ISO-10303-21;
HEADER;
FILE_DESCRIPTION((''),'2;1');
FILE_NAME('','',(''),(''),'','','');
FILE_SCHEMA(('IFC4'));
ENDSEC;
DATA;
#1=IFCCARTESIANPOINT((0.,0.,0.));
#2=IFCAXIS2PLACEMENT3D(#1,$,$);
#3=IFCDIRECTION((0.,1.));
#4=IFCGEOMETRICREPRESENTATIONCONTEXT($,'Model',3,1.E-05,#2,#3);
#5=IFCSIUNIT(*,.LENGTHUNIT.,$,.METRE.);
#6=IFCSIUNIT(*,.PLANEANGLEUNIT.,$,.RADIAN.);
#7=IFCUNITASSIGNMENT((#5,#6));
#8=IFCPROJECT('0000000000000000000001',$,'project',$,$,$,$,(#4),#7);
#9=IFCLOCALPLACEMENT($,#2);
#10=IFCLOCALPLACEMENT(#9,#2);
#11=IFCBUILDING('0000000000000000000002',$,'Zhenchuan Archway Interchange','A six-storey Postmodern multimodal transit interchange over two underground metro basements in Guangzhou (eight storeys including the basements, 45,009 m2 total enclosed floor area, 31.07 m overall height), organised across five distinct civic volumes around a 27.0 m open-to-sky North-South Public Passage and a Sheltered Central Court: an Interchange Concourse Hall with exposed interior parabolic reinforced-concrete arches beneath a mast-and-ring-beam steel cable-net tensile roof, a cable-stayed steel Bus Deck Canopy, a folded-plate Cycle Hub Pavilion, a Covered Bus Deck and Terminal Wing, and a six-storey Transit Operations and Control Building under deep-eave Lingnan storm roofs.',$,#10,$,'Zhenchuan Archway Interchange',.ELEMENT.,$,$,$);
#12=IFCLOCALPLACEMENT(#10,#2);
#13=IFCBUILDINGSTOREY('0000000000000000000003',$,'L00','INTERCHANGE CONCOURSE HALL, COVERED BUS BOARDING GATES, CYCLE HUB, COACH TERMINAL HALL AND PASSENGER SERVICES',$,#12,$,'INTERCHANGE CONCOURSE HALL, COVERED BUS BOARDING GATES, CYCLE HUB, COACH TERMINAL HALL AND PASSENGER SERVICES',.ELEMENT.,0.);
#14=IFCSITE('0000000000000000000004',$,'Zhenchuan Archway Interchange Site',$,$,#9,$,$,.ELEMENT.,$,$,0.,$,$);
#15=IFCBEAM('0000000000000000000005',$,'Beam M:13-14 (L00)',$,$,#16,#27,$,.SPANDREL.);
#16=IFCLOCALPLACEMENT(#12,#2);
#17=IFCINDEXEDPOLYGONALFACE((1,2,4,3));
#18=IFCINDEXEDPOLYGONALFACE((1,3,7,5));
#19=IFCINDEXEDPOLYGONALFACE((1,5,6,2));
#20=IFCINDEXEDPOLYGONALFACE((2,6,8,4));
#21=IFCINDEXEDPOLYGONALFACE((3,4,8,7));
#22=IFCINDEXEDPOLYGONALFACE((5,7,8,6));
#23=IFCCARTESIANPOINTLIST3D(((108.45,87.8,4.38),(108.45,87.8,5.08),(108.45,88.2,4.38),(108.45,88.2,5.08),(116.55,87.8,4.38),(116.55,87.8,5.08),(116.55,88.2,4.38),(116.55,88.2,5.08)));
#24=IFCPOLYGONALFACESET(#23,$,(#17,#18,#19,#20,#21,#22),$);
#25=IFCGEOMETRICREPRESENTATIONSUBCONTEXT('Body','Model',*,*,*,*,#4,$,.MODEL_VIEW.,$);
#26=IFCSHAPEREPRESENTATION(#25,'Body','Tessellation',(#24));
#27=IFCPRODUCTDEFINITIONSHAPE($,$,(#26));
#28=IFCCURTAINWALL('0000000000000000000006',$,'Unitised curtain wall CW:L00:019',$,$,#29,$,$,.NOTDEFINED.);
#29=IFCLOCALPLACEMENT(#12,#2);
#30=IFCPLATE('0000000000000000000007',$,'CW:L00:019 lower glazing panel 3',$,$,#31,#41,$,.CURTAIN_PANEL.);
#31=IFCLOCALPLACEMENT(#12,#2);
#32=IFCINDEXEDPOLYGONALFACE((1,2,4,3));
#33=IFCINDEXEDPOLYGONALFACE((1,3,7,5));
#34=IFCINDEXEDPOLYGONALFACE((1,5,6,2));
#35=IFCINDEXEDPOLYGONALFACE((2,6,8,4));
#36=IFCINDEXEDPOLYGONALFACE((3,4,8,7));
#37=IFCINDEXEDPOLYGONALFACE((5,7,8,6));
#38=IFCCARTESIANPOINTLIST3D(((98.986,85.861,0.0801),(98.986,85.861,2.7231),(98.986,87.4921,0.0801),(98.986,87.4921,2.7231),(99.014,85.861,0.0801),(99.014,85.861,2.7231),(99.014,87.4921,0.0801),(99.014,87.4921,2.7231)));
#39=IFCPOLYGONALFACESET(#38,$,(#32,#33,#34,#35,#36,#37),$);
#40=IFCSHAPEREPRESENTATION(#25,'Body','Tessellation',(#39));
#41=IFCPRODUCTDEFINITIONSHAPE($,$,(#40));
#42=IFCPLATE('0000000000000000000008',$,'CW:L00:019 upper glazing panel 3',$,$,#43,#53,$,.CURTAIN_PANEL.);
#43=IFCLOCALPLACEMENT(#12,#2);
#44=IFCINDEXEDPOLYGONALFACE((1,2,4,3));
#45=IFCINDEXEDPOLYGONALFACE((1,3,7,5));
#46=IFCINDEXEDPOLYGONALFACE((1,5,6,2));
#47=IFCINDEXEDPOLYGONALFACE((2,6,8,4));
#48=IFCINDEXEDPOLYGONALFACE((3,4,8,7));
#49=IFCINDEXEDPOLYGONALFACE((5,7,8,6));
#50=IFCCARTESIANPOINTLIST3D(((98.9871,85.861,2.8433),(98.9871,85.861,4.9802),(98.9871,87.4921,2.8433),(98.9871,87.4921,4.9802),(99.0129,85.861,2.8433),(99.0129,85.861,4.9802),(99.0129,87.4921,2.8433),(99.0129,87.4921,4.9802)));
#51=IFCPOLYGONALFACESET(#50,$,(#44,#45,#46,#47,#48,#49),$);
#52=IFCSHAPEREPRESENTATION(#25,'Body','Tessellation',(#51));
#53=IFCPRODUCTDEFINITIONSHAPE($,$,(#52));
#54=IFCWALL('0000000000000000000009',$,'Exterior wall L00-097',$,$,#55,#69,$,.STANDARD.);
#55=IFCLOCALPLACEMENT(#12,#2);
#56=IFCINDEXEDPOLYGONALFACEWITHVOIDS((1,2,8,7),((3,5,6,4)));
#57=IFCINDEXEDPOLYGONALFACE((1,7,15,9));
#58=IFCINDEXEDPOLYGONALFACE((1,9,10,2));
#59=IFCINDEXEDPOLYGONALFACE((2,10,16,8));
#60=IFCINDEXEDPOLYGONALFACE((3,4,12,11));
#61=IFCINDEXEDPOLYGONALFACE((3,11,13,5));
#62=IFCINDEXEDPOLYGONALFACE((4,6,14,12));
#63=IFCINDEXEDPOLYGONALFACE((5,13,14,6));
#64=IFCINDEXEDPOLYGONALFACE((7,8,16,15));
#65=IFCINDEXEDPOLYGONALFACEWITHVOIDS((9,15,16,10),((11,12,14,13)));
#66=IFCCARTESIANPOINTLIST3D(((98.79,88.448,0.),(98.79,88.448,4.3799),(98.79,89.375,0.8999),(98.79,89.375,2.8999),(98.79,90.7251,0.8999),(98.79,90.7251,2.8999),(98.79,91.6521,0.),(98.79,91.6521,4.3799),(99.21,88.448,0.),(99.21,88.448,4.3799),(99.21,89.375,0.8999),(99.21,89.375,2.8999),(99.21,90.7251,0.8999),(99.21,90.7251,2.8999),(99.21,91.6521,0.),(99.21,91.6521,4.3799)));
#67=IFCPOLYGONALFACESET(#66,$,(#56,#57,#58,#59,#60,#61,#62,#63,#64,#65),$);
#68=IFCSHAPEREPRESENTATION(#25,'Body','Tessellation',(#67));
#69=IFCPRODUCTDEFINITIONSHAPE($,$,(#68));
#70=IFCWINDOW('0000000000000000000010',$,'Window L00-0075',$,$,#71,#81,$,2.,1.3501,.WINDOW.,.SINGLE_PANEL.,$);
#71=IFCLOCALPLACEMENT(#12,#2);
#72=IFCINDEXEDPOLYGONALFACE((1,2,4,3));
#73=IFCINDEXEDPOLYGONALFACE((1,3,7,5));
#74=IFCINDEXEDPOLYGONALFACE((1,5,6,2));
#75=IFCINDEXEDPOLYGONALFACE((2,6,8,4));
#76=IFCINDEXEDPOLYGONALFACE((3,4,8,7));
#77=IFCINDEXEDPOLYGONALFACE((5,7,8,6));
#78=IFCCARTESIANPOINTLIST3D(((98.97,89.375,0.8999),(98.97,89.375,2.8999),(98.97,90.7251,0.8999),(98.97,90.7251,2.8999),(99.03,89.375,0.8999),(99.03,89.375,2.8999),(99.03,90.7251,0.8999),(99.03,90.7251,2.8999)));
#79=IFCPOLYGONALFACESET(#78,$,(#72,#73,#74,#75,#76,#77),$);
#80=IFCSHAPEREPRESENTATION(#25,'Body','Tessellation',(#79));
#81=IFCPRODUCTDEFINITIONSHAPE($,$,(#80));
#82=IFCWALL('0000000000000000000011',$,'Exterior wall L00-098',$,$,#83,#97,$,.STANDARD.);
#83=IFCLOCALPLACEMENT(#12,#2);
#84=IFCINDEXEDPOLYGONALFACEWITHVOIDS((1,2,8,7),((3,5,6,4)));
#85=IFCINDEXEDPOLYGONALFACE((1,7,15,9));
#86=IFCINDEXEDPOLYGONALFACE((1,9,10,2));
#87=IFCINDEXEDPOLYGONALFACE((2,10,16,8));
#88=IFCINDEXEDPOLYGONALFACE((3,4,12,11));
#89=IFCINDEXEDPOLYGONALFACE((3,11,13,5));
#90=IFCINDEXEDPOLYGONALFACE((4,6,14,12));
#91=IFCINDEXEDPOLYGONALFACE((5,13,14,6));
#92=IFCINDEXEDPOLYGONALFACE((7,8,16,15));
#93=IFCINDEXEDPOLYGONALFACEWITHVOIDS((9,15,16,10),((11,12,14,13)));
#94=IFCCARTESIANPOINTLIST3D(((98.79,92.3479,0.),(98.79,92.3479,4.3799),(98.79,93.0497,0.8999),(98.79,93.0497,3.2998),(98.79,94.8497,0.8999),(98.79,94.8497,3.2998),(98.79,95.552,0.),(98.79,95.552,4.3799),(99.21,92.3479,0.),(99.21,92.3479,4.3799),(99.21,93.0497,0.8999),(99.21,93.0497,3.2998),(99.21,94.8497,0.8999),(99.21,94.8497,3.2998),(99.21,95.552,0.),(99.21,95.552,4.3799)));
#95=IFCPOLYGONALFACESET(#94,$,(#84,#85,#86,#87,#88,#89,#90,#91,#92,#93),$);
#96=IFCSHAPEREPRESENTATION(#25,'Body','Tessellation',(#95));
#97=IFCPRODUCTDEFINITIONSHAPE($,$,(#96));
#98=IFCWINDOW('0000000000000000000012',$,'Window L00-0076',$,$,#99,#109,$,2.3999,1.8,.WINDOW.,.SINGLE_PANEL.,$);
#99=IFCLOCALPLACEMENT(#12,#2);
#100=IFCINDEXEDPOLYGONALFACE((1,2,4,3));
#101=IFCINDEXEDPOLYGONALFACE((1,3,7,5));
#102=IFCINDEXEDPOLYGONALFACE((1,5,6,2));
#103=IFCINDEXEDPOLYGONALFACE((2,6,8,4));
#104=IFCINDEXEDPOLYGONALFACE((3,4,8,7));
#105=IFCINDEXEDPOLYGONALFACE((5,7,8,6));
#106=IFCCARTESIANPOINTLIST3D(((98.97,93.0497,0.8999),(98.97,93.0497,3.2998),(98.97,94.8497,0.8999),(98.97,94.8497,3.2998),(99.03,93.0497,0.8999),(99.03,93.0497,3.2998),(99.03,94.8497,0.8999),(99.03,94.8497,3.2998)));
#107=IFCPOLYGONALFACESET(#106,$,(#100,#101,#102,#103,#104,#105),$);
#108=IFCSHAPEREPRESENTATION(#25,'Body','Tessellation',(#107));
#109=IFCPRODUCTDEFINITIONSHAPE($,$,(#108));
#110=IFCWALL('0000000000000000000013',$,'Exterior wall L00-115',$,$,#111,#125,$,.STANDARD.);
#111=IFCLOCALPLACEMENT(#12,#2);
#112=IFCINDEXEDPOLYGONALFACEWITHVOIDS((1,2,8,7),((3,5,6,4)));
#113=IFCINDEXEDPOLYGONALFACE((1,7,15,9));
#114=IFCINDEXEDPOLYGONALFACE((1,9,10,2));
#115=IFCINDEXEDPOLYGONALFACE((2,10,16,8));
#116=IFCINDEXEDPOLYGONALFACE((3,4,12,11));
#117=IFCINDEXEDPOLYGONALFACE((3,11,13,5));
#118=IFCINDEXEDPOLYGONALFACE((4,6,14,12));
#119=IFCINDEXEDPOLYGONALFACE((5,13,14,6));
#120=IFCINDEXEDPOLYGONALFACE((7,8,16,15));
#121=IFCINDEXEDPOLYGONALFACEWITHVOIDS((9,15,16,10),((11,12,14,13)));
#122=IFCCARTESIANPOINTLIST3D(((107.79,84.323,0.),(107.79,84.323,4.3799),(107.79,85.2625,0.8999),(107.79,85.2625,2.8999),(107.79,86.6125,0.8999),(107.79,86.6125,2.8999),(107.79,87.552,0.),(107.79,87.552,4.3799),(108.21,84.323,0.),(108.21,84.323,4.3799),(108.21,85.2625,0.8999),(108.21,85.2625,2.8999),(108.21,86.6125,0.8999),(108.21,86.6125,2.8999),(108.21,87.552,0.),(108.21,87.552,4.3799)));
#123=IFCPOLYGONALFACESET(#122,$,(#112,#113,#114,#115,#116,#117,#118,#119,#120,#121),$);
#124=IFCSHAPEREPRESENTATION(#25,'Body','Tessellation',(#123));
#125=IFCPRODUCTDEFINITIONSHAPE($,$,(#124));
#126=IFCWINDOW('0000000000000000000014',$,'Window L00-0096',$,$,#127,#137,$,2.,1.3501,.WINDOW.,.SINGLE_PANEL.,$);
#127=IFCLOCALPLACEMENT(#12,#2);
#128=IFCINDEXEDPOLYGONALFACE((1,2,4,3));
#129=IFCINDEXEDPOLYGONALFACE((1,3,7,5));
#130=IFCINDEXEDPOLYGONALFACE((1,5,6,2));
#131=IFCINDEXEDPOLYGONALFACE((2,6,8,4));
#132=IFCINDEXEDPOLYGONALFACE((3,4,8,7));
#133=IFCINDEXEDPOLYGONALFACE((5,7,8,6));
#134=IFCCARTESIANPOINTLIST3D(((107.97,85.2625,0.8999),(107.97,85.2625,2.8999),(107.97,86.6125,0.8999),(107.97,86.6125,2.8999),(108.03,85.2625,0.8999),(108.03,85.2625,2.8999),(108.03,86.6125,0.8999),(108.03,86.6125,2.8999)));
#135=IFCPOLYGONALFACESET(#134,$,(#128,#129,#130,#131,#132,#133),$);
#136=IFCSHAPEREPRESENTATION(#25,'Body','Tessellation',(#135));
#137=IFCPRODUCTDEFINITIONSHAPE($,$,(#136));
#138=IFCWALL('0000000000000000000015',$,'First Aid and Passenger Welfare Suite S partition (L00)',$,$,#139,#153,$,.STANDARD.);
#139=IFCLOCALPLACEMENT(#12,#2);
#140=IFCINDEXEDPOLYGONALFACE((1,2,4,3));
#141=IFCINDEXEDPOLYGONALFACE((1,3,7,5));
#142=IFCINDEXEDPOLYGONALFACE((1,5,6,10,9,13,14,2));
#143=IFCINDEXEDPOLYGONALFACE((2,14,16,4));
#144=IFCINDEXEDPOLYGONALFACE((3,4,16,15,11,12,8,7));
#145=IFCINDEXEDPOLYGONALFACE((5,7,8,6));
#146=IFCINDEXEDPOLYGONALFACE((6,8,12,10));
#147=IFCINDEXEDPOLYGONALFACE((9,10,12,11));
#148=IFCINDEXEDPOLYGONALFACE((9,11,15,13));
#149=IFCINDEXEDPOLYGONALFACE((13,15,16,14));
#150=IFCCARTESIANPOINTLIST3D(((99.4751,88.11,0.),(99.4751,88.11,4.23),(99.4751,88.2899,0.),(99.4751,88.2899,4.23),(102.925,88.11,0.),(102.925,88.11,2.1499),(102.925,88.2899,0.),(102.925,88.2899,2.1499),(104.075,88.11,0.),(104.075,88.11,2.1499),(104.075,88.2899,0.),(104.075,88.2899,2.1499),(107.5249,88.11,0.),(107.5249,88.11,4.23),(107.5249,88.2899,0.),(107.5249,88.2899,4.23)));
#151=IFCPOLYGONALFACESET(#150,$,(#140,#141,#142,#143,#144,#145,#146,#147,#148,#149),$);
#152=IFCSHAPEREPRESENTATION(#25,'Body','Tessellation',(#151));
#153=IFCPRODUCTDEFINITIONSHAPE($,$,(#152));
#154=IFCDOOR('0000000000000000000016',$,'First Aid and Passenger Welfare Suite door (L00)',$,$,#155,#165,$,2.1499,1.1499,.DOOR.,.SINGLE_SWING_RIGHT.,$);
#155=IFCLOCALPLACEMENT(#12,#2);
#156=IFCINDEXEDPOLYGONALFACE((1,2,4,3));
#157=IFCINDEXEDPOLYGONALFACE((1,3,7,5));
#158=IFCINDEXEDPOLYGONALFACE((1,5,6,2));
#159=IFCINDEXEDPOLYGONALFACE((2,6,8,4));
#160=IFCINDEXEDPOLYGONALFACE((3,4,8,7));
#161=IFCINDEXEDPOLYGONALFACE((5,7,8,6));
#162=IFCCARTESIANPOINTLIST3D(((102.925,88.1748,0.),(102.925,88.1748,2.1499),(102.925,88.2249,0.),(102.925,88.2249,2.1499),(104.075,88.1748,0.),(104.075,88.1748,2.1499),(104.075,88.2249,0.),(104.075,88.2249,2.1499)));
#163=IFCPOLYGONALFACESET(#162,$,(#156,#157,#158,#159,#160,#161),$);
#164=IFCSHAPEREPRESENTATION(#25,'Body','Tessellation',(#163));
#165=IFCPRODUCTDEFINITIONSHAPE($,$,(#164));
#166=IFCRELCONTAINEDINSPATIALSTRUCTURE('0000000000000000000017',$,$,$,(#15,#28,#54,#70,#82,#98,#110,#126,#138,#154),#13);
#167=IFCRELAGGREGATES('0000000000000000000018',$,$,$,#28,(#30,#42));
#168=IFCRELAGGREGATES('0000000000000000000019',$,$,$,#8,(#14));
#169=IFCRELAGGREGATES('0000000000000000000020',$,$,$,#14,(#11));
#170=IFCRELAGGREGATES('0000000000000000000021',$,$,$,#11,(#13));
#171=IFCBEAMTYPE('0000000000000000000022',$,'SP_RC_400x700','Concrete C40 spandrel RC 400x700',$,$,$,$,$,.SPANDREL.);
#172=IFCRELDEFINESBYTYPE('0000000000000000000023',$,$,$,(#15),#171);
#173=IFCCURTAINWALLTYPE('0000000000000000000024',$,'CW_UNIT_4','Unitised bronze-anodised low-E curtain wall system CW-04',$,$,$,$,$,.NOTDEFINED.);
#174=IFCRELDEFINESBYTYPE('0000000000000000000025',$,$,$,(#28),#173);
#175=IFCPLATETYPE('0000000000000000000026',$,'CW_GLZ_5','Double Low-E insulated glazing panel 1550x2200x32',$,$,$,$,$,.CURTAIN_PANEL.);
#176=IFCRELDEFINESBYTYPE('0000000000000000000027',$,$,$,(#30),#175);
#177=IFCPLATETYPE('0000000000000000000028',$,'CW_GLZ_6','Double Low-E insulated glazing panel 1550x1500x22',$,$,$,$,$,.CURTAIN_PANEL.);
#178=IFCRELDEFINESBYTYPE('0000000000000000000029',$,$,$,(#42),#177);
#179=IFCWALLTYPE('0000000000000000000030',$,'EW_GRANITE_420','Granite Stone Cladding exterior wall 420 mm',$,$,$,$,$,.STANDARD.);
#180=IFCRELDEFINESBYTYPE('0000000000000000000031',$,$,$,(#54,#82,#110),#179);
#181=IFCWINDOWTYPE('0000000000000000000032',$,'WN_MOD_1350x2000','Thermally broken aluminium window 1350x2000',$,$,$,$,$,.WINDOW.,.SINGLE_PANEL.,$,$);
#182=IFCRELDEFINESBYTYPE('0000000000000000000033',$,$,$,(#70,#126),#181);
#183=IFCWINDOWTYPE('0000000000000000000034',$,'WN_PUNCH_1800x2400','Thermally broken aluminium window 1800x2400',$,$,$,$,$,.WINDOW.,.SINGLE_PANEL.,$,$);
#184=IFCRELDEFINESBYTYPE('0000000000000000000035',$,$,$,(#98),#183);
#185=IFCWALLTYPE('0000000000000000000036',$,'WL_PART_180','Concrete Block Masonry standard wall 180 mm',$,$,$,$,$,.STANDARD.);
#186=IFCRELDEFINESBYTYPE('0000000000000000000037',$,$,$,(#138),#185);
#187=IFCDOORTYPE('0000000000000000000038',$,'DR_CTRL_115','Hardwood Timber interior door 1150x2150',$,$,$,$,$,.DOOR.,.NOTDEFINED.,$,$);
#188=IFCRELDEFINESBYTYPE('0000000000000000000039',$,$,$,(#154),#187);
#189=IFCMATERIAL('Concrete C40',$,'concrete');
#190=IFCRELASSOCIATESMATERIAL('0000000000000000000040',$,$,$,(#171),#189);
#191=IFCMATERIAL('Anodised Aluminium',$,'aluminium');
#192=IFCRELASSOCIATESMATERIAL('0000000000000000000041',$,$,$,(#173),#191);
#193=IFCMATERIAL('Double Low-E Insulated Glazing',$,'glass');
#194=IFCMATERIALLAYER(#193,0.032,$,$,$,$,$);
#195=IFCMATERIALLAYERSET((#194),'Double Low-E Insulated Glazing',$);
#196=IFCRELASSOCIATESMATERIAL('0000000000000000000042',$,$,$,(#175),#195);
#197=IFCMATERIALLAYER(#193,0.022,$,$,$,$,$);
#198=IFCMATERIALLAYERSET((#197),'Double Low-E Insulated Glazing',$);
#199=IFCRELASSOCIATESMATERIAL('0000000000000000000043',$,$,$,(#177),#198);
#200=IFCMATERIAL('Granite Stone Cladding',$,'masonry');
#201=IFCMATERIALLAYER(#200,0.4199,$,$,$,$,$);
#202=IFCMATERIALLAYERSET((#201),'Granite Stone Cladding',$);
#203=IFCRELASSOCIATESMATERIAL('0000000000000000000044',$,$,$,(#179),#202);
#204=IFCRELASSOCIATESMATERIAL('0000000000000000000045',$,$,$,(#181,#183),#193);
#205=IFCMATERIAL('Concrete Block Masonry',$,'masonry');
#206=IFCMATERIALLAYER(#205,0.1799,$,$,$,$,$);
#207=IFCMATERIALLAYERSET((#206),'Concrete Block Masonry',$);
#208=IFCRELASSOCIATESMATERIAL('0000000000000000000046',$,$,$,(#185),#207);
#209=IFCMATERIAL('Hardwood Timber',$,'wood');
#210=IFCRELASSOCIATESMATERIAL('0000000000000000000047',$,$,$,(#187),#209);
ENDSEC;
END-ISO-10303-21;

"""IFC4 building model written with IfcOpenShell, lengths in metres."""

from ifc_helpers import new_model, si_unit, direction, frame, frame_2d, origin, origin_2d, place, context, subcontext, project, spatial, rectangle, extrude, material, layer, layer_set, material_profile, profile_set, type_object, element, fill, aggregate, save


model = new_model("IFC4")

# Units and contexts
model_context = context("Model", 3, precision=1e-05, world=origin(), true_north=direction((0.0, 1.0)))
body_context = subcontext(model_context, "Body", "Model", "MODEL_VIEW")
ifc_project = project(units=[si_unit("LENGTHUNIT", "METRE"), si_unit("PLANEANGLEUNIT", "RADIAN")], contexts=[model_context])

# Site, building, storey
site_placement = place(None, origin())
site = spatial("IfcSite", under=ifc_project, at=site_placement, Name="Zhenchuan Archway Interchange Site", CompositionType="ELEMENT", RefElevation=0.0)
building_placement = place(site_placement, origin())
building = spatial("IfcBuilding", under=site, at=building_placement, Name="Zhenchuan Archway Interchange", Description="A six-storey Postmodern multimodal transit interchange over two underground metro basements in Guangzhou (eight storeys including the basements, 45,009 m2 total enclosed floor area, 31.07 m overall height), organised across five distinct civic volumes around a 27.0 m open-to-sky North-South Public Passage and a Sheltered Central Court: an Interchange Concourse Hall with exposed interior parabolic reinforced-concrete arches beneath a mast-and-ring-beam steel cable-net tensile roof, a cable-stayed steel Bus Deck Canopy, a folded-plate Cycle Hub Pavilion, a Covered Bus Deck and Terminal Wing, and a six-storey Transit Operations and Control Building under deep-eave Lingnan storm roofs.", LongName="Zhenchuan Archway Interchange", CompositionType="ELEMENT")
storey_placement = place(building_placement, origin())
storey = spatial("IfcBuildingStorey", under=building, at=storey_placement, Name="L00", Description="INTERCHANGE CONCOURSE HALL, COVERED BUS BOARDING GATES, CYCLE HUB, COACH TERMINAL HALL AND PASSENGER SERVICES", LongName="INTERCHANGE CONCOURSE HALL, COVERED BUS BOARDING GATES, CYCLE HUB, COACH TERMINAL HALL AND PASSENGER SERVICES", CompositionType="ELEMENT", Elevation=0.0)

# Shared definitions
ifc_material_1 = material(Name="Concrete C40", Category="concrete")

# Shared definitions
ifc_material_2 = material(Name="Anodised Aluminium", Category="aluminium")

# Beam
ifc_material_profile_1 = material_profile(ifc_material_1, rectangle(XDim=0.3999, YDim=0.7, at=origin_2d()), Name="RC 400x700")
ifc_profile_set_1 = profile_set([ifc_material_profile_1], Name="Concrete C40")
beam_type_1 = type_object("IfcBeamType", Name="SP_RC_400x700", Description="Concrete C40 spandrel RC 400x700", PredefinedType="SPANDREL", material=ifc_profile_set_1)
beam_1_placement = place(storey_placement, frame((108.45, 88.0, 4.73), z_axis=(1.0, 0.0, 0.0), x_axis=(0.0, 1.0, 0.0)))
element("IfcBeam", 1, at=beam_1_placement, inside=storey, type_object=beam_type_1, Name="Beam M:13-14 (L00)", PredefinedType="SPANDREL", context=body_context, shape_type="SweptSolid", body=[
    extrude(rectangle(XDim=0.3999, YDim=0.7, at=origin_2d()), origin(), (0.0, 0.0, 1.0), 8.1001),
])

# Curtain wall, plates
curtain_wall_type_1 = type_object("IfcCurtainWallType", Name="CW_UNIT_4", Description="Unitised bronze-anodised low-E curtain wall system CW-04", PredefinedType="NOTDEFINED", material=ifc_material_2)
curtain_wall_1_placement = place(storey_placement, origin())
curtain_wall_1 = element("IfcCurtainWall", 2, at=curtain_wall_1_placement, inside=storey, type_object=curtain_wall_type_1, Name="Unitised curtain wall CW:L00:019", PredefinedType="NOTDEFINED")
ifc_material_3 = material(Name="Double Low-E Insulated Glazing", Category="glass")
ifc_layer_1 = layer(ifc_material_3, 0.032)
ifc_layer_set_1 = layer_set([ifc_layer_1], Name="Double Low-E Insulated Glazing")
plate_type_1 = type_object("IfcPlateType", Name="CW_GLZ_5", Description="Double Low-E insulated glazing panel 1550x2200x32", PredefinedType="CURTAIN_PANEL", material=ifc_layer_set_1)
plate_1_placement = place(storey_placement, frame((99.0, 86.6765, 0.0801), z_axis=(0.0, 0.0, 1.0), x_axis=(0.0, 1.0, 0.0)))
plate_1 = element("IfcPlate", 3, at=plate_1_placement, type_object=plate_type_1, Name="CW:L00:019 lower glazing panel 3", PredefinedType="CURTAIN_PANEL", context=body_context, shape_type="SweptSolid", body=[
    extrude(rectangle(XDim=1.6311, YDim=0.0281, at=origin_2d()), origin(), (0.0, 0.0, 1.0), 2.6431),
])
ifc_layer_2 = layer(ifc_material_3, 0.022)
ifc_layer_set_2 = layer_set([ifc_layer_2], Name="Double Low-E Insulated Glazing")
plate_type_2 = type_object("IfcPlateType", Name="CW_GLZ_6", Description="Double Low-E insulated glazing panel 1550x1500x22", PredefinedType="CURTAIN_PANEL", material=ifc_layer_set_2)
plate_2_placement = place(storey_placement, frame((99.0, 86.6765, 2.8433), z_axis=(0.0, 0.0, 1.0), x_axis=(0.0, 1.0, 0.0)))
plate_2 = element("IfcPlate", 4, at=plate_2_placement, type_object=plate_type_2, Name="CW:L00:019 upper glazing panel 3", PredefinedType="CURTAIN_PANEL", context=body_context, shape_type="SweptSolid", body=[
    extrude(rectangle(XDim=1.6311, YDim=0.0259, at=origin_2d()), origin(), (0.0, 0.0, 1.0), 2.137),
])
aggregate(curtain_wall_1, [plate_1, plate_2])

# Walls, openings, windows
ifc_material_4 = material(Name="Granite Stone Cladding", Category="masonry")
ifc_layer_3 = layer(ifc_material_4, 0.4199)
ifc_layer_set_3 = layer_set([ifc_layer_3], Name="Granite Stone Cladding")
wall_type_1 = type_object("IfcWallType", Name="EW_GRANITE_420", Description="Granite Stone Cladding exterior wall 420 mm", PredefinedType="STANDARD", material=ifc_layer_set_3)
wall_1_placement = place(storey_placement, frame((99.0, 88.448, 0.0), z_axis=(0.0, 0.0, 1.0), x_axis=(0.0, 1.0, 0.0)))
wall_1 = element("IfcWall", 5, at=wall_1_placement, inside=storey, type_object=wall_type_1, Name="Exterior wall L00-097", PredefinedType="STANDARD", context=body_context, shape_type="SweptSolid", body=[
    extrude(rectangle(XDim=3.2041, YDim=0.4199, at=frame_2d((1.6021, 0.0))), origin(), (0.0, 0.0, 1.0), 4.3799),
])
opening_1_placement = place(wall_1_placement, frame((0.927, 0.0, 0.8999)))
opening_1 = element("IfcOpeningElement", 6, at=opening_1_placement, cuts=wall_1, PredefinedType="OPENING", context=body_context, shape_type="SweptSolid", body=[
    extrude(rectangle(XDim=1.3501, YDim=2.0, at=frame_2d((0.675, 1.0))), frame((0.0, 0.2219, 0.0), z_axis=(0.0, -1.0, 0.0), x_axis=(1.0, 0.0, 0.0)), (0.0, 0.0, 1.0), 0.4438),
])
window_type_1 = type_object("IfcWindowType", Name="WN_MOD_1350x2000", Description="Thermally broken aluminium window 1350x2000", PartitioningType="SINGLE_PANEL", PredefinedType="WINDOW", material=ifc_material_3)
window_1_placement = place(opening_1_placement, origin())
window_1 = element("IfcWindow", 7, at=window_1_placement, inside=storey, type_object=window_type_1, Name="Window L00-0075", OverallHeight=2.0, OverallWidth=1.3501, PartitioningType="SINGLE_PANEL", PredefinedType="WINDOW", context=body_context, shape_type="SweptSolid", body=[
    extrude(rectangle(XDim=1.3501, YDim=2.0, at=frame_2d((0.675, 1.0))), frame((0.0, 0.03, 0.0), z_axis=(0.0, -1.0, 0.0), x_axis=(1.0, 0.0, 0.0)), (0.0, 0.0, 1.0), 0.0601),
])
fill(opening_1, window_1)
wall_2_placement = place(storey_placement, frame((99.0, 92.3479, 0.0), z_axis=(0.0, 0.0, 1.0), x_axis=(0.0, 1.0, 0.0)))
wall_2 = element("IfcWall", 8, at=wall_2_placement, inside=storey, type_object=wall_type_1, Name="Exterior wall L00-098", PredefinedType="STANDARD", context=body_context, shape_type="SweptSolid", body=[
    extrude(rectangle(XDim=3.2041, YDim=0.4199, at=frame_2d((1.6021, 0.0))), origin(), (0.0, 0.0, 1.0), 4.3799),
])
opening_2_placement = place(wall_2_placement, frame((0.7019, 0.0, 0.8999)))
opening_2 = element("IfcOpeningElement", 9, at=opening_2_placement, cuts=wall_2, PredefinedType="OPENING", context=body_context, shape_type="SweptSolid", body=[
    extrude(rectangle(XDim=1.8, YDim=2.3999, at=frame_2d((0.8999, 1.2))), frame((0.0, 0.2219, 0.0), z_axis=(0.0, -1.0, 0.0), x_axis=(1.0, 0.0, 0.0)), (0.0, 0.0, 1.0), 0.4438),
])
window_type_2 = type_object("IfcWindowType", Name="WN_PUNCH_1800x2400", Description="Thermally broken aluminium window 1800x2400", PartitioningType="SINGLE_PANEL", PredefinedType="WINDOW", material=ifc_material_3)
window_2_placement = place(opening_2_placement, origin())
window_2 = element("IfcWindow", 10, at=window_2_placement, inside=storey, type_object=window_type_2, Name="Window L00-0076", OverallHeight=2.3999, OverallWidth=1.8, PartitioningType="SINGLE_PANEL", PredefinedType="WINDOW", context=body_context, shape_type="SweptSolid", body=[
    extrude(rectangle(XDim=1.8, YDim=2.3999, at=frame_2d((0.8999, 1.2))), frame((0.0, 0.03, 0.0), z_axis=(0.0, -1.0, 0.0), x_axis=(1.0, 0.0, 0.0)), (0.0, 0.0, 1.0), 0.0601),
])
fill(opening_2, window_2)
wall_3_placement = place(storey_placement, frame((108.0, 87.552, 0.0), z_axis=(0.0, 0.0, 1.0), x_axis=(0.0, -1.0, 0.0)))
wall_3 = element("IfcWall", 11, at=wall_3_placement, inside=storey, type_object=wall_type_1, Name="Exterior wall L00-115", PredefinedType="STANDARD", context=body_context, shape_type="SweptSolid", body=[
    extrude(rectangle(XDim=3.229, YDim=0.4199, at=frame_2d((1.6145, 0.0))), origin(), (0.0, 0.0, 1.0), 4.3799),
])
opening_3_placement = place(wall_3_placement, frame((0.9395, 0.0, 0.8999)))
opening_3 = element("IfcOpeningElement", 12, at=opening_3_placement, cuts=wall_3, PredefinedType="OPENING", context=body_context, shape_type="SweptSolid", body=[
    extrude(rectangle(XDim=1.3501, YDim=2.0, at=frame_2d((0.675, 1.0))), frame((0.0, 0.2219, 0.0), z_axis=(0.0, -1.0, 0.0), x_axis=(1.0, 0.0, 0.0)), (0.0, 0.0, 1.0), 0.4438),
])
window_3_placement = place(opening_3_placement, origin())
window_3 = element("IfcWindow", 13, at=window_3_placement, inside=storey, type_object=window_type_1, Name="Window L00-0096", OverallHeight=2.0, OverallWidth=1.3501, PartitioningType="SINGLE_PANEL", PredefinedType="WINDOW", context=body_context, shape_type="SweptSolid", body=[
    extrude(rectangle(XDim=1.3501, YDim=2.0, at=frame_2d((0.675, 1.0))), frame((0.0, 0.03, 0.0), z_axis=(0.0, -1.0, 0.0), x_axis=(1.0, 0.0, 0.0)), (0.0, 0.0, 1.0), 0.0601),
])
fill(opening_3, window_3)

# Wall, opening, door
ifc_material_5 = material(Name="Concrete Block Masonry", Category="masonry")
ifc_layer_4 = layer(ifc_material_5, 0.1799)
ifc_layer_set_4 = layer_set([ifc_layer_4], Name="Concrete Block Masonry")
wall_type_2 = type_object("IfcWallType", Name="WL_PART_180", Description="Concrete Block Masonry standard wall 180 mm", PredefinedType="STANDARD", material=ifc_layer_set_4)
wall_4_placement = place(storey_placement, frame((99.4751, 88.2, 0.0), z_axis=(0.0, 0.0, 1.0), x_axis=(1.0, 0.0, 0.0)))
wall_4 = element("IfcWall", 14, at=wall_4_placement, inside=storey, type_object=wall_type_2, Name="First Aid and Passenger Welfare Suite S partition (L00)", PredefinedType="STANDARD", context=body_context, shape_type="SweptSolid", body=[
    extrude(rectangle(XDim=8.0498, YDim=0.1799, at=frame_2d((4.0249, 0.0))), origin(), (0.0, 0.0, 1.0), 4.23),
])
opening_4_placement = place(wall_4_placement, frame((3.45, 0.0, 0.0)))
opening_4 = element("IfcOpeningElement", 15, at=opening_4_placement, cuts=wall_4, PredefinedType="OPENING", context=body_context, shape_type="SweptSolid", body=[
    extrude(rectangle(XDim=1.1499, YDim=2.1499, at=frame_2d((0.575, 1.075))), frame((0.0, 0.1021, 0.0), z_axis=(0.0, -1.0, 0.0), x_axis=(1.0, 0.0, 0.0)), (0.0, 0.0, 1.0), 0.2039),
])
ifc_material_6 = material(Name="Hardwood Timber", Category="wood")
door_type = type_object("IfcDoorType", Name="DR_CTRL_115", Description="Hardwood Timber interior door 1150x2150", OperationType="NOTDEFINED", PredefinedType="DOOR", material=ifc_material_6)
door_placement = place(opening_4_placement, origin())
door = element("IfcDoor", 16, at=door_placement, inside=storey, type_object=door_type, Name="First Aid and Passenger Welfare Suite door (L00)", OperationType="SINGLE_SWING_RIGHT", OverallHeight=2.1499, OverallWidth=1.1499, PredefinedType="DOOR", context=body_context, shape_type="SweptSolid", body=[
    extrude(rectangle(XDim=1.1499, YDim=2.1499, at=frame_2d((0.575, 1.075))), frame((0.0, 0.0249, 0.0), z_axis=(0.0, -1.0, 0.0), x_axis=(1.0, 0.0, 0.0)), (0.0, 0.0, 1.0), 0.05),
])
fill(opening_4, door)

save(model, "model.ifc")
